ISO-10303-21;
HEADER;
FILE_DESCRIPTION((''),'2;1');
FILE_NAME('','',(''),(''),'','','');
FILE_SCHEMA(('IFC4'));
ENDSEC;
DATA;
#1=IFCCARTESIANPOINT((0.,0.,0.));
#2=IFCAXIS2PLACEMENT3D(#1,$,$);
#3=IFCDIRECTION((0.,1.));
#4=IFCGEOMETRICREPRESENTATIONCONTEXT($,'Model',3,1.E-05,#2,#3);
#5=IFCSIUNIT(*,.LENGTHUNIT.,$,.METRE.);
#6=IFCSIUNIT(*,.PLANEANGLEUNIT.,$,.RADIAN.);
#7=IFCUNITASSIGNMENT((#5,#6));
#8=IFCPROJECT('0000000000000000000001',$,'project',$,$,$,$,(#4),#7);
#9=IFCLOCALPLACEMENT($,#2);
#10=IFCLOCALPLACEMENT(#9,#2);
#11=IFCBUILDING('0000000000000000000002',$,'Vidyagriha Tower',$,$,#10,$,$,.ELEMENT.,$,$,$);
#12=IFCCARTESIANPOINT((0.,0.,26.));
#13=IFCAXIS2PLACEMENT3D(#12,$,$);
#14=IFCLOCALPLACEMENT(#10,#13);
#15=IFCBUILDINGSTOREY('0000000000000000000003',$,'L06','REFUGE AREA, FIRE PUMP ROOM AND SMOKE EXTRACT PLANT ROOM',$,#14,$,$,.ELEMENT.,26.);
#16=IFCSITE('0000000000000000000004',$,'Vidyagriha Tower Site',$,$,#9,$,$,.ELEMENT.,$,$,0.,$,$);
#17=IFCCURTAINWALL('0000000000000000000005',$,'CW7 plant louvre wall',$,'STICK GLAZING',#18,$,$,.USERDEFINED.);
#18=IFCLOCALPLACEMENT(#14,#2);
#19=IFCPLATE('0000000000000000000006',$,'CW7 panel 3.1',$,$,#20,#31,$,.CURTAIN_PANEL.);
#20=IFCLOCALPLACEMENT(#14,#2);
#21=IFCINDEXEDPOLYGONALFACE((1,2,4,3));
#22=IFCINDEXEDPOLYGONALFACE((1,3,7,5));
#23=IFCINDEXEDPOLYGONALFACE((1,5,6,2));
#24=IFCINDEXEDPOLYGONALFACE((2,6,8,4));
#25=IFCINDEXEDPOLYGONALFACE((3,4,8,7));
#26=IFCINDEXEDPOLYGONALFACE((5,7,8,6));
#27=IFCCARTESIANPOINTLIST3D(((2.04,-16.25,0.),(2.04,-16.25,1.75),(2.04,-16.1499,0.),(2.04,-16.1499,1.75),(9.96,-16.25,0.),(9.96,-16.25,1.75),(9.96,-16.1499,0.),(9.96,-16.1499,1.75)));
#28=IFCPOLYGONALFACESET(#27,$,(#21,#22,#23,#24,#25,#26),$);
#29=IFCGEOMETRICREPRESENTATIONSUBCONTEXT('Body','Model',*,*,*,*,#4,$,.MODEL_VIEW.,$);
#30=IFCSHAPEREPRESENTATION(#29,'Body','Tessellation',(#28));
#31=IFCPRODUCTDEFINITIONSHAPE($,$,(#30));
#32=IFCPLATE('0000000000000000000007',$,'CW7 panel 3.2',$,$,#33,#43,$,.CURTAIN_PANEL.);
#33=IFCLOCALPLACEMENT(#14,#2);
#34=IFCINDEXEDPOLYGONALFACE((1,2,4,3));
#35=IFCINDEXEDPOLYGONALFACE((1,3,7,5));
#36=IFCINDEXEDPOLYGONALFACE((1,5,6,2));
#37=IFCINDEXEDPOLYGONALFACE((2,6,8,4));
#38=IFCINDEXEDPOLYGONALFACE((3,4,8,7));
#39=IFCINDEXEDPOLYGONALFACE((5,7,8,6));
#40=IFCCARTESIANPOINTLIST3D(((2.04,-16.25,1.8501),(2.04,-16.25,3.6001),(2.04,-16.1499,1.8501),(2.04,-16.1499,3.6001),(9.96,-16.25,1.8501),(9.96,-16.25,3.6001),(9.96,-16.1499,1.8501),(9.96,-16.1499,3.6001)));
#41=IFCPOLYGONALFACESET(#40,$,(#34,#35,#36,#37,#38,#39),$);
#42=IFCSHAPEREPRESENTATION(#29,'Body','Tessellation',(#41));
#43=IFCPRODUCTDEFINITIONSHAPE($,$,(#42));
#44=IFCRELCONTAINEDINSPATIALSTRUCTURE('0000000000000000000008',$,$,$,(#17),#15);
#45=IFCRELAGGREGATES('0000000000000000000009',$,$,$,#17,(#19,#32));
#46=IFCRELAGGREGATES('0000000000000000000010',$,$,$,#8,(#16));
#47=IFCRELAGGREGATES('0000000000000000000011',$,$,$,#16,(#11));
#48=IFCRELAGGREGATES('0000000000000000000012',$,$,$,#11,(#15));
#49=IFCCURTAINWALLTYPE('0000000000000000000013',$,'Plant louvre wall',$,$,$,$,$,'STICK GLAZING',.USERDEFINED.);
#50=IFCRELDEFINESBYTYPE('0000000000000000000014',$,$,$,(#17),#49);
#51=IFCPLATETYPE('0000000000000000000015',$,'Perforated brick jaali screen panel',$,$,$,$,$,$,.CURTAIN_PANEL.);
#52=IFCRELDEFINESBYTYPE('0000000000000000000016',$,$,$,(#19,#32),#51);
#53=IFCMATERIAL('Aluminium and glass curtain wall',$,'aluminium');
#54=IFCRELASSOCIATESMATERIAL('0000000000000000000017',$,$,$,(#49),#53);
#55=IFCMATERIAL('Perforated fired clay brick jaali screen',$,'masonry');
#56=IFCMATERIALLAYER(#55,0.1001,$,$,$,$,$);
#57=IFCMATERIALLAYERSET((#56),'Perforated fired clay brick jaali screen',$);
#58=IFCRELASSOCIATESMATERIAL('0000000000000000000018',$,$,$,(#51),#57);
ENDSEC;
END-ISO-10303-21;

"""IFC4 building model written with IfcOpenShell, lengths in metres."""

from ifc_helpers import new_model, si_unit, direction, frame, origin, origin_2d, place, context, subcontext, project, spatial, rectangle, extrude, material, layer, layer_set, type_object, element, aggregate, save


model = new_model("IFC4")

# Units and contexts
model_context = context("Model", 3, precision=1e-05, world=origin(), true_north=direction((0.0, 1.0)))
body_context = subcontext(model_context, "Body", "Model", "MODEL_VIEW")
ifc_project = project(units=[si_unit("LENGTHUNIT", "METRE"), si_unit("PLANEANGLEUNIT", "RADIAN")], contexts=[model_context])

# Site, building, storey
site_placement = place(None, origin())
site = spatial("IfcSite", under=ifc_project, at=site_placement, Name="Vidyagriha Tower Site", CompositionType="ELEMENT", RefElevation=0.0)
building_placement = place(site_placement, origin())
building = spatial("IfcBuilding", under=site, at=building_placement, Name="Vidyagriha Tower", CompositionType="ELEMENT")
storey_placement = place(building_placement, frame((0.0, 0.0, 26.0)))
storey = spatial("IfcBuildingStorey", under=building, at=storey_placement, Name="L06", Description="REFUGE AREA, FIRE PUMP ROOM AND SMOKE EXTRACT PLANT ROOM", CompositionType="ELEMENT", Elevation=26.0)

# Curtain wall
ifc_material_1 = material(Name="Aluminium and glass curtain wall", Category="aluminium")
curtain_wall_type_1 = type_object("IfcCurtainWallType", Name="Plant louvre wall", ElementType="STICK GLAZING", PredefinedType="USERDEFINED", material=ifc_material_1)
curtain_wall_1_placement = place(storey_placement, origin())
curtain_wall_1 = element("IfcCurtainWall", 1, at=curtain_wall_1_placement, inside=storey, type_object=curtain_wall_type_1, Name="CW7 plant louvre wall", ObjectType="STICK GLAZING", PredefinedType="USERDEFINED")

# Plates
ifc_material_2 = material(Name="Perforated fired clay brick jaali screen", Category="masonry")
ifc_layer_1 = layer(ifc_material_2, 0.1001)
ifc_layer_set_1 = layer_set([ifc_layer_1], Name="Perforated fired clay brick jaali screen")
plate_type_1 = type_object("IfcPlateType", Name="Perforated brick jaali screen panel", PredefinedType="CURTAIN_PANEL", material=ifc_layer_set_1)
plate_1_placement = place(storey_placement, frame((6.0, -16.2, 0.0)))
plate_1 = element("IfcPlate", 2, at=plate_1_placement, type_object=plate_type_1, Name="CW7 panel 3.1", PredefinedType="CURTAIN_PANEL", context=body_context, shape_type="SweptSolid", body=[
    extrude(rectangle(XDim=7.9199, YDim=0.1001, at=origin_2d()), origin(), (0.0, 0.0, 1.0), 1.75),
])
plate_2_placement = place(storey_placement, frame((6.0, -16.2, 1.8501)))
plate_2 = element("IfcPlate", 3, at=plate_2_placement, type_object=plate_type_1, Name="CW7 panel 3.2", PredefinedType="CURTAIN_PANEL", context=body_context, shape_type="SweptSolid", body=[
    extrude(rectangle(XDim=7.9199, YDim=0.1001, at=origin_2d()), origin(), (0.0, 0.0, 1.0), 1.75),
])
aggregate(curtain_wall_1, [plate_1, plate_2])

save(model, "model.ifc")
